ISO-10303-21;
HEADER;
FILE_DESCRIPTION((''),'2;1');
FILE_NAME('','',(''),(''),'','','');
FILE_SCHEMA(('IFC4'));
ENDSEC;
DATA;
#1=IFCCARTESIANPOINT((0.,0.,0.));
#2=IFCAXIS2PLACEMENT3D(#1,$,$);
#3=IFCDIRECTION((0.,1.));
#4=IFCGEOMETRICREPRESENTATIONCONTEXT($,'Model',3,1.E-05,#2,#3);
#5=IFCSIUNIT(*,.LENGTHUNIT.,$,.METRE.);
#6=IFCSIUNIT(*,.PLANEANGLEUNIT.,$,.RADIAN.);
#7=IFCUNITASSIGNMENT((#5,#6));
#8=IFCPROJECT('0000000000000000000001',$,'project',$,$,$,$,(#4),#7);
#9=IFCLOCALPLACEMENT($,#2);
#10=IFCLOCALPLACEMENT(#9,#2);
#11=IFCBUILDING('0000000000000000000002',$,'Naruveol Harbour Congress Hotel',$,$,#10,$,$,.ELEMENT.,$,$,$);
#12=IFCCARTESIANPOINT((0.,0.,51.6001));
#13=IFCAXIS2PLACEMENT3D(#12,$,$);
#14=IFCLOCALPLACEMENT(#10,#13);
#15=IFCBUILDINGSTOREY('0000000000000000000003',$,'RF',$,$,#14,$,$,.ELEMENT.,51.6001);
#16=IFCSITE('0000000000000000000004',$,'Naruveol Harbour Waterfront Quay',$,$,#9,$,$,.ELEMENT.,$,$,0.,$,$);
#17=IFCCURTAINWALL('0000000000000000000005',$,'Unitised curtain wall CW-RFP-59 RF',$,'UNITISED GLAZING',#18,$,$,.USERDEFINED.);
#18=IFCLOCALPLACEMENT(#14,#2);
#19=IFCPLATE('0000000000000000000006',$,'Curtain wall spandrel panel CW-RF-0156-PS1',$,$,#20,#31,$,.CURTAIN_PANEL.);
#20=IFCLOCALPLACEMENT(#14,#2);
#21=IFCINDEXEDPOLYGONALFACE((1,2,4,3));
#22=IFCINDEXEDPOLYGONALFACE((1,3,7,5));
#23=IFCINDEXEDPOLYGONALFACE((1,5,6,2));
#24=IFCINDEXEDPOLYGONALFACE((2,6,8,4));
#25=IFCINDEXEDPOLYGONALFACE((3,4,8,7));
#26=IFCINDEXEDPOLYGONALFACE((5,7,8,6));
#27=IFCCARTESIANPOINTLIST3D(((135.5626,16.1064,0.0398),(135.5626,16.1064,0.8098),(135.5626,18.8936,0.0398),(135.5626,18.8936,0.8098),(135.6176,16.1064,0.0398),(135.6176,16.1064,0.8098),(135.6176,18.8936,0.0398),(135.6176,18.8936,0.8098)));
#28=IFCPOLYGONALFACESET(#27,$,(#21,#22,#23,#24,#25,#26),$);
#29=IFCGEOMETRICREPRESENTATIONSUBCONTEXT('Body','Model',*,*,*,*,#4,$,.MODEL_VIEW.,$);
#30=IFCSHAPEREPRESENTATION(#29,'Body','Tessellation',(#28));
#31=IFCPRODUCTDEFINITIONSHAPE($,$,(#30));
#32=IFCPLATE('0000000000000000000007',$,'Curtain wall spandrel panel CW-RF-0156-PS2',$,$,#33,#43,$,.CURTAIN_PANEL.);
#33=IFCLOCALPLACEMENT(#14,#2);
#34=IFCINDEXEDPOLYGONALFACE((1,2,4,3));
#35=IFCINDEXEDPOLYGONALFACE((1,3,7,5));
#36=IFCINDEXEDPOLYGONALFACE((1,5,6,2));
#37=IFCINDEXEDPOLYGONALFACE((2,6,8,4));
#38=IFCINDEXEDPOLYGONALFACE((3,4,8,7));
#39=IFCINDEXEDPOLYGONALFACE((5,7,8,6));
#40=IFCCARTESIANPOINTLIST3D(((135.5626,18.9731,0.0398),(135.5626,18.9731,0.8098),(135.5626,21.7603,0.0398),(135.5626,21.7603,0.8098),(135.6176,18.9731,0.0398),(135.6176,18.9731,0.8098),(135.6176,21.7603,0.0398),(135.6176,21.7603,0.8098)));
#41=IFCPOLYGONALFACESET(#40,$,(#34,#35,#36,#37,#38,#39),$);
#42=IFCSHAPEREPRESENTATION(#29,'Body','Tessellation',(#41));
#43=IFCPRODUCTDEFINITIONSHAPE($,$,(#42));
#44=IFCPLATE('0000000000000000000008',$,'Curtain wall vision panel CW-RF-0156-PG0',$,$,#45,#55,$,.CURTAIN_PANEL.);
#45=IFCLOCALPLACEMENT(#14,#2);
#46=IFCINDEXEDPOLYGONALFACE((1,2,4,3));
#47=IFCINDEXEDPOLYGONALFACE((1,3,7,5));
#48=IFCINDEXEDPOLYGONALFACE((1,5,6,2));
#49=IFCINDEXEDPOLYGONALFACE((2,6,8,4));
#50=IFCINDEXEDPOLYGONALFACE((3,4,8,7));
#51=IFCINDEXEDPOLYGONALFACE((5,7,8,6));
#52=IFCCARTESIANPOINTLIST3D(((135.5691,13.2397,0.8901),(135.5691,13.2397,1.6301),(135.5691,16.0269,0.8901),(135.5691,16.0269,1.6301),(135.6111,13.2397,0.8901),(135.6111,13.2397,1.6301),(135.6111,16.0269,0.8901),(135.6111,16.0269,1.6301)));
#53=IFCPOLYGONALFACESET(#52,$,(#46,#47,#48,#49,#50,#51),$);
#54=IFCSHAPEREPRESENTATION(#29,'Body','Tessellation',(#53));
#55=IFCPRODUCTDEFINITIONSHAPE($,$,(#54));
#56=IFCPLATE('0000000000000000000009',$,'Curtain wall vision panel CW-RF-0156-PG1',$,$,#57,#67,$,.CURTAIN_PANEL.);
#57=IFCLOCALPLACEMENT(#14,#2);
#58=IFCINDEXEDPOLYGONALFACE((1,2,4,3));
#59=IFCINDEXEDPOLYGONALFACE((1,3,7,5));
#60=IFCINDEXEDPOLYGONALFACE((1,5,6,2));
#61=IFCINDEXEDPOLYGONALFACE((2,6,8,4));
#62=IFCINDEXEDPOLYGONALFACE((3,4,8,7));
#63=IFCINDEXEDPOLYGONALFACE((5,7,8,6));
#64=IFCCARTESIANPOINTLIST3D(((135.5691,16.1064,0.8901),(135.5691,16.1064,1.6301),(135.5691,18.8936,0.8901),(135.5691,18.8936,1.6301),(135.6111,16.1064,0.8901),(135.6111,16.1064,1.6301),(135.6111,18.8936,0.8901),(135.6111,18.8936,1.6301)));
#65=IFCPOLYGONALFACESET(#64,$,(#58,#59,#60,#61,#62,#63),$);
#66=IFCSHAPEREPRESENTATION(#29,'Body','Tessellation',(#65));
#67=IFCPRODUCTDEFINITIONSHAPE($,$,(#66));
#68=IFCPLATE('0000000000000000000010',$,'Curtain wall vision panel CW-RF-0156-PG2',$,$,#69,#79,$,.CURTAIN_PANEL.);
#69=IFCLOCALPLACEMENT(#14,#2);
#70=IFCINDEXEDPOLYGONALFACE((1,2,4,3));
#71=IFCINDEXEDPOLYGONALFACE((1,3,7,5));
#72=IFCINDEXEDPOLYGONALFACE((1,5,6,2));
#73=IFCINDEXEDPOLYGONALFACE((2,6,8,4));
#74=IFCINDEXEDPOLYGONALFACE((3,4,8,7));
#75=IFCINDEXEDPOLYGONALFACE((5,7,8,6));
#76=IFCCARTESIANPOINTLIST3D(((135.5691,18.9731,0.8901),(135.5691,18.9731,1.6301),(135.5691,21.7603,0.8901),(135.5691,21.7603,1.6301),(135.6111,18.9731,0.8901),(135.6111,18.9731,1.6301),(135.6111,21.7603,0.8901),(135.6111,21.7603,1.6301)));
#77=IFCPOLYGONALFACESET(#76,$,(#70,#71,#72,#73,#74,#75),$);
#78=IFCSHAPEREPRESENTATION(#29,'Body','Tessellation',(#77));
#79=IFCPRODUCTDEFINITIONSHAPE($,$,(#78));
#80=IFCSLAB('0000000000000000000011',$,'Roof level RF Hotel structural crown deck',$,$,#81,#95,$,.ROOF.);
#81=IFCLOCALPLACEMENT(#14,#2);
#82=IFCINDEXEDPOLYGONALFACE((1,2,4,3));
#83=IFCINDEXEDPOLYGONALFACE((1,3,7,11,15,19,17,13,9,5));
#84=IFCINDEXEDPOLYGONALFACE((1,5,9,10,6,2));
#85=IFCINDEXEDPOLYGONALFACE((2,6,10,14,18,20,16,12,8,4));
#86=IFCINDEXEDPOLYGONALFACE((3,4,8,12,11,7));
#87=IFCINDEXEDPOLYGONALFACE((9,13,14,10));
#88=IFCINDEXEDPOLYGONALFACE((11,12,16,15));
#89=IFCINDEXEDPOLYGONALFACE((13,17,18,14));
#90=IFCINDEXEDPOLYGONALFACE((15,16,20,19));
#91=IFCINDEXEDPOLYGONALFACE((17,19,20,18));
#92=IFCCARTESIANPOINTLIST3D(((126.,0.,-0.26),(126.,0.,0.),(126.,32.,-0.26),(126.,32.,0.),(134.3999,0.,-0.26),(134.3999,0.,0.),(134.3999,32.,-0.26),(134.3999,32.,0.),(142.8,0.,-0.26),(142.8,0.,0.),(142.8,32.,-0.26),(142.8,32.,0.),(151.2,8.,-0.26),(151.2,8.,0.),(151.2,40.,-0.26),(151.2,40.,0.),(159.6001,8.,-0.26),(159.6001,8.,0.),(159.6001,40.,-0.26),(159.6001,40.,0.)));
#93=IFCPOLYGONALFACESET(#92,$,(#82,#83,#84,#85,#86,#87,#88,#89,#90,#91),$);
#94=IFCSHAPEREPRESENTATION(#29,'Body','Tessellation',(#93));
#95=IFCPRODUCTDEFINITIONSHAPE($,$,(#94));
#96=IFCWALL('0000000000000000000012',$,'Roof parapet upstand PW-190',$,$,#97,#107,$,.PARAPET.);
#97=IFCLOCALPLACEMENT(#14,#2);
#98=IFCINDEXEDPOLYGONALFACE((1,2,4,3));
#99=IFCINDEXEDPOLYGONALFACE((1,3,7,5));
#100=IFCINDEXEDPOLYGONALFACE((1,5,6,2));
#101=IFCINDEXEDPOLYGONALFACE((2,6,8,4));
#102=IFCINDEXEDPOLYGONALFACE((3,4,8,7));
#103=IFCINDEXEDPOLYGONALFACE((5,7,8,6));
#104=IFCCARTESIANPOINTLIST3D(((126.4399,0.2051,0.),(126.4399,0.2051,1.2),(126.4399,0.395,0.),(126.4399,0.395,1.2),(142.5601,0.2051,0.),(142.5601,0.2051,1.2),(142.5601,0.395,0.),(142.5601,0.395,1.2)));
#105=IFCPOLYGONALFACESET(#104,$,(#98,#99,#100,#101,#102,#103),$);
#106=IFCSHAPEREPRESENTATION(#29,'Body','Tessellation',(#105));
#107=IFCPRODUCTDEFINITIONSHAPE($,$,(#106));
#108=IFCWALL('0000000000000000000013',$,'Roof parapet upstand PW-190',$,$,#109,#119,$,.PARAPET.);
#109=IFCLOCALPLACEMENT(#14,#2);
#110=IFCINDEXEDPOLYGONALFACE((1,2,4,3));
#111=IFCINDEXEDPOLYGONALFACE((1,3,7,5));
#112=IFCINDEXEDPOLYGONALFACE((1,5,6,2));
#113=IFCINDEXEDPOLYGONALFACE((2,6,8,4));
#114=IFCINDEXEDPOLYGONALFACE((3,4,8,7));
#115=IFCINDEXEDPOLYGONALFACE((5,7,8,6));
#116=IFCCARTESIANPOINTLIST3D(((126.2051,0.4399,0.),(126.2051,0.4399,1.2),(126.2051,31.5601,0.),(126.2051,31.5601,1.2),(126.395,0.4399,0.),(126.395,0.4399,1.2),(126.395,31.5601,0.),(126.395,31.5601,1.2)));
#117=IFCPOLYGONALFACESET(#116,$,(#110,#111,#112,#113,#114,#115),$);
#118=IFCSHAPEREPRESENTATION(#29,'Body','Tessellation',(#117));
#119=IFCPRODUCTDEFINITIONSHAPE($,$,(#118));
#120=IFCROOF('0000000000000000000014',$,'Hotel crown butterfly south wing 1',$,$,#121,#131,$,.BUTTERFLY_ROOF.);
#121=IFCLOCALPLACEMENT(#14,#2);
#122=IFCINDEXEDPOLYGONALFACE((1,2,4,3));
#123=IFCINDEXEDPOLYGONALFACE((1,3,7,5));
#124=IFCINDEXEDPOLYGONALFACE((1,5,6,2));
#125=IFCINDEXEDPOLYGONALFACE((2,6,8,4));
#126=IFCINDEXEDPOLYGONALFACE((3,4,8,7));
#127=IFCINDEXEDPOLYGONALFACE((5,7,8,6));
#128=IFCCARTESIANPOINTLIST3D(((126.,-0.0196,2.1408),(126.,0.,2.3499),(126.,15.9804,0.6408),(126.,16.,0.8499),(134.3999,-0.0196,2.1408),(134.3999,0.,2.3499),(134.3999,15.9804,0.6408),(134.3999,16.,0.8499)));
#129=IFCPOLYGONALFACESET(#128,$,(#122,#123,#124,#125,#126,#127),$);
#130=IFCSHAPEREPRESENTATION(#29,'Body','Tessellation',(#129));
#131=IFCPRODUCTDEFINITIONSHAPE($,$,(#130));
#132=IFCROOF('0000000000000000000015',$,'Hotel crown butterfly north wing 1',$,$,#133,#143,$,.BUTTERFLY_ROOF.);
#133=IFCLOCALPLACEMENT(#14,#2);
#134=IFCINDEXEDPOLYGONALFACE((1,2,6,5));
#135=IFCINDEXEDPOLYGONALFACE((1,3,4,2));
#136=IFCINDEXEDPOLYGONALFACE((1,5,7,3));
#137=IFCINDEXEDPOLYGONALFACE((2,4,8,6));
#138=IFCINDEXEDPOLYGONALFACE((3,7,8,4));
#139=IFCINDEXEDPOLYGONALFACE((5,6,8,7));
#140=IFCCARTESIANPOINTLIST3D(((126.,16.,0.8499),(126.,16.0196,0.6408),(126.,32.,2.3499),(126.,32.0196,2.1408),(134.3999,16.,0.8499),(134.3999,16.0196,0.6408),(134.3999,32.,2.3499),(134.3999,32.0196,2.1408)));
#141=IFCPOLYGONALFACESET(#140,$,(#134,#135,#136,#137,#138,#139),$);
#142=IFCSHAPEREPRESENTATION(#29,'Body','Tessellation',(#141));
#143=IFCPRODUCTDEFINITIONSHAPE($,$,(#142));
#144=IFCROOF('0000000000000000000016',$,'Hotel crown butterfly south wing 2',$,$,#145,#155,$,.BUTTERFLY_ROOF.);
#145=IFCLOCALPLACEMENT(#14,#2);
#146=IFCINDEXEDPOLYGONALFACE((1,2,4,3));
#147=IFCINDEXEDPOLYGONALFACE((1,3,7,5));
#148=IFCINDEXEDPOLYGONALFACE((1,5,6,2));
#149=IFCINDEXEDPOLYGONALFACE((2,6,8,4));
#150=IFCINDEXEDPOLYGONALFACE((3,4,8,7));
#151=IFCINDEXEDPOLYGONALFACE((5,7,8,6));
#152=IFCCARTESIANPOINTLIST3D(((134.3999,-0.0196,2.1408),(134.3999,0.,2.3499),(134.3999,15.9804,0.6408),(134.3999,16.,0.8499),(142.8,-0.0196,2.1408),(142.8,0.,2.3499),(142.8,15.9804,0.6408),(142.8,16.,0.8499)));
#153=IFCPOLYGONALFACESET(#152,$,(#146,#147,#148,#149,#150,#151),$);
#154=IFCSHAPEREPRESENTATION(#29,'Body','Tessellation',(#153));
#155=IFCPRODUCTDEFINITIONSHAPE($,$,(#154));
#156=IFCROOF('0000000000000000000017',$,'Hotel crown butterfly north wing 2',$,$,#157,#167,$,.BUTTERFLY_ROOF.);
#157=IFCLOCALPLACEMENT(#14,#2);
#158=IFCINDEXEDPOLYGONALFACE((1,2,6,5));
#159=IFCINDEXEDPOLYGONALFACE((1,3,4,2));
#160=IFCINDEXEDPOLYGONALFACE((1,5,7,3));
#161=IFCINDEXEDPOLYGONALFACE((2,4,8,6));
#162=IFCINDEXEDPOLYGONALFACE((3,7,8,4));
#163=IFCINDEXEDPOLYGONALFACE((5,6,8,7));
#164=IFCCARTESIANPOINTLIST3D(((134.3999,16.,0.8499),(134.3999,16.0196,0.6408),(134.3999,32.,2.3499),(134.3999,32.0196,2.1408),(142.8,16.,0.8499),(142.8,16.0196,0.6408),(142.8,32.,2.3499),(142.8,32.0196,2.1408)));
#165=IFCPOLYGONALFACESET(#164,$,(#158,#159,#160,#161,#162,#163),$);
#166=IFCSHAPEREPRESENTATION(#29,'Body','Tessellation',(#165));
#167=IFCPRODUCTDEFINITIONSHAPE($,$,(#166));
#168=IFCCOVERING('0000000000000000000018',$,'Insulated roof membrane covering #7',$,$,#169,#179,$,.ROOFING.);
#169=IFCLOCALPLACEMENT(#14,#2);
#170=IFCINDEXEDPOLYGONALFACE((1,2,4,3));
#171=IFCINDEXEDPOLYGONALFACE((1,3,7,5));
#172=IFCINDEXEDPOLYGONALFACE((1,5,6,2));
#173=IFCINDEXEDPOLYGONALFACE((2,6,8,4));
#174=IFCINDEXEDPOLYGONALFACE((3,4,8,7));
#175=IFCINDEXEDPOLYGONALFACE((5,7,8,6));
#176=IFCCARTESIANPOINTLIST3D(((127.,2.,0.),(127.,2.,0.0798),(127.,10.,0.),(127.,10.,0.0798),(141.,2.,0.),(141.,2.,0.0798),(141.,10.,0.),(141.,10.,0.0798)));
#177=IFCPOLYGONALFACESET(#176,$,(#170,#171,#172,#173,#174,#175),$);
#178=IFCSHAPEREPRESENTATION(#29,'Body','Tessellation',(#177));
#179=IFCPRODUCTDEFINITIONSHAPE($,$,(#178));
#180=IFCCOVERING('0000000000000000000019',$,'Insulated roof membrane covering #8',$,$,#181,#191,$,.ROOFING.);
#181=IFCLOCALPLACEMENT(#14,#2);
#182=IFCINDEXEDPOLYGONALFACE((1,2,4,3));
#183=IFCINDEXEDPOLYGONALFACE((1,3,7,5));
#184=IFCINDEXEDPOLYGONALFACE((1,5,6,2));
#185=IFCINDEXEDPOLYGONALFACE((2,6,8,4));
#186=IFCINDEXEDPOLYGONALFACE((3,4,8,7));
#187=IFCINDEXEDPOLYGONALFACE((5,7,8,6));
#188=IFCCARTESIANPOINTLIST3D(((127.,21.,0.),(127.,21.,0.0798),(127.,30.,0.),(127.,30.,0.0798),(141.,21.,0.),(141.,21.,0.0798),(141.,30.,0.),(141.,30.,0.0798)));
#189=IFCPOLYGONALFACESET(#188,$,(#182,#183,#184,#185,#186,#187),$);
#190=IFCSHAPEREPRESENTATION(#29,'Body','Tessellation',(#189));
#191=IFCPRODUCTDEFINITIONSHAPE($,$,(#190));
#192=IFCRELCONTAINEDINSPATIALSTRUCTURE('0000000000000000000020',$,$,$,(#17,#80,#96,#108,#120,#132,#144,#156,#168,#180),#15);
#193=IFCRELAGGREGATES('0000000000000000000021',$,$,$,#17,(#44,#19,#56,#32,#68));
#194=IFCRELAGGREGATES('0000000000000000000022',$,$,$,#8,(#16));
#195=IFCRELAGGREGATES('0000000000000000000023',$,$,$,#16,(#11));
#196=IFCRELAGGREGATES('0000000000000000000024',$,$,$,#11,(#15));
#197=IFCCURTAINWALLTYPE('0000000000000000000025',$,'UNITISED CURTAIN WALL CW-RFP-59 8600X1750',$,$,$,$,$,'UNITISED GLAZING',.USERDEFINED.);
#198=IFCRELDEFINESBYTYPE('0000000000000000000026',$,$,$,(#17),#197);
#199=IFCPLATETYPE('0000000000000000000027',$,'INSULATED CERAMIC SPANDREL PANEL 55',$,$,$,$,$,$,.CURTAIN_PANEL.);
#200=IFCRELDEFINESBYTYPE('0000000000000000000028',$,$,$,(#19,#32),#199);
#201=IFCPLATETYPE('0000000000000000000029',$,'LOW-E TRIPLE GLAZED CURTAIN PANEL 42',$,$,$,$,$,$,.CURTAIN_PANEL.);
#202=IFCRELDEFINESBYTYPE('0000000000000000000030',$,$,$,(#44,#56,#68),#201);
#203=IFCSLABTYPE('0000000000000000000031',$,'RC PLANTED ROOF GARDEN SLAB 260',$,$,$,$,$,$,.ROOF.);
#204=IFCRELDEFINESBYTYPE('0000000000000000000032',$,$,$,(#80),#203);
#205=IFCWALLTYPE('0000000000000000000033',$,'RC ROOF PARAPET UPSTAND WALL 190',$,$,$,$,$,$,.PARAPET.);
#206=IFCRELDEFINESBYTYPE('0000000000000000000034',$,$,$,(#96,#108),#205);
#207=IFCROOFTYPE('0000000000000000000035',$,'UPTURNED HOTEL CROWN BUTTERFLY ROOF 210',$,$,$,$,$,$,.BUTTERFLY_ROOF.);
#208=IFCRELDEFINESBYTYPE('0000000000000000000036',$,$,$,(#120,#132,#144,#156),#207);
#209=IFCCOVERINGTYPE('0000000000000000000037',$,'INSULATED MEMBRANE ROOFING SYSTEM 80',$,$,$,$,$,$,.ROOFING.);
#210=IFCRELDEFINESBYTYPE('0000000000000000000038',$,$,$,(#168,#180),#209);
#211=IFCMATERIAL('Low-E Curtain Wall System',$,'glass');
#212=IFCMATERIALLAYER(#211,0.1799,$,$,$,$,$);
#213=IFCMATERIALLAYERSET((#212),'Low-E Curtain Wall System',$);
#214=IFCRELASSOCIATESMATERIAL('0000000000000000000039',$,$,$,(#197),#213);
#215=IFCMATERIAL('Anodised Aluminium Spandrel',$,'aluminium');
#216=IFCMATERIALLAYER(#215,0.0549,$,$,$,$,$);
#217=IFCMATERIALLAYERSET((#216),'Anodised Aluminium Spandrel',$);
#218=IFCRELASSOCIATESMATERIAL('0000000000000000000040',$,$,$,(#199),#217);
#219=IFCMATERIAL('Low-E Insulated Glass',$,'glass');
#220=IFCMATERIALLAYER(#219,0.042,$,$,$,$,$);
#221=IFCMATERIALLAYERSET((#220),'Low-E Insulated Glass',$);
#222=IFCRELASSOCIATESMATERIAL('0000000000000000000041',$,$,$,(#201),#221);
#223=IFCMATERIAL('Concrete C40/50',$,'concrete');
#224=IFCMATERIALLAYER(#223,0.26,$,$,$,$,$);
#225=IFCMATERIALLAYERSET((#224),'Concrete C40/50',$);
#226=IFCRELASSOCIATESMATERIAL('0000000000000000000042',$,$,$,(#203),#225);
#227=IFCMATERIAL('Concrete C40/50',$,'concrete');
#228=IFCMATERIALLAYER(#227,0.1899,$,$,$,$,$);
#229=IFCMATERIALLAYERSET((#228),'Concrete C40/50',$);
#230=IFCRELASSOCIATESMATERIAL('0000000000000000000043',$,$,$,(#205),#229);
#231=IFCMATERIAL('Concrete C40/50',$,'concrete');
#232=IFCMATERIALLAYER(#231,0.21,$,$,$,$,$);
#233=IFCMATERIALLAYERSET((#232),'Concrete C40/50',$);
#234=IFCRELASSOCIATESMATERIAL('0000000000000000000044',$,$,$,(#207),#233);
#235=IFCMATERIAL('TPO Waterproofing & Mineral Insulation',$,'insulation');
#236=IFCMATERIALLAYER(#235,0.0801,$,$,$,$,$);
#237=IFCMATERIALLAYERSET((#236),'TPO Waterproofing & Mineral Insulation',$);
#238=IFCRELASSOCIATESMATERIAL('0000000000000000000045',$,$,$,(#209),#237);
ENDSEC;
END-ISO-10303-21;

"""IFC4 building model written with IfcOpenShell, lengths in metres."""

from ifc_helpers import new_model, si_unit, direction, frame, frame_2d, origin, origin_2d, place, context, subcontext, project, spatial, polyline, rectangle, outline, extrude, material, layer, layer_set, type_object, element, aggregate, save


model = new_model("IFC4")

# Units and contexts
model_context = context("Model", 3, precision=1e-05, world=origin(), true_north=direction((0.0, 1.0)))
body_context = subcontext(model_context, "Body", "Model", "MODEL_VIEW")
ifc_project = project(units=[si_unit("LENGTHUNIT", "METRE"), si_unit("PLANEANGLEUNIT", "RADIAN")], contexts=[model_context])

# Site, building, storey
site_placement = place(None, origin())
site = spatial("IfcSite", under=ifc_project, at=site_placement, Name="Naruveol Harbour Waterfront Quay", CompositionType="ELEMENT", RefElevation=0.0)
building_placement = place(site_placement, origin())
building = spatial("IfcBuilding", under=site, at=building_placement, Name="Naruveol Harbour Congress Hotel", CompositionType="ELEMENT")
storey_placement = place(building_placement, frame((0.0, 0.0, 51.6001)))
storey = spatial("IfcBuildingStorey", under=building, at=storey_placement, Name="RF", CompositionType="ELEMENT", Elevation=51.6001)

# Curtain wall, plates
ifc_material_1 = material(Name="Low-E Curtain Wall System", Category="glass")
ifc_layer_1 = layer(ifc_material_1, 0.1799)
ifc_layer_set_1 = layer_set([ifc_layer_1], Name="Low-E Curtain Wall System")
curtain_wall_type = type_object("IfcCurtainWallType", Name="UNITISED CURTAIN WALL CW-RFP-59 8600X1750", ElementType="UNITISED GLAZING", PredefinedType="USERDEFINED", material=ifc_layer_set_1)
curtain_wall_placement = place(storey_placement, origin())
curtain_wall = element("IfcCurtainWall", 1, at=curtain_wall_placement, inside=storey, type_object=curtain_wall_type, Name="Unitised curtain wall CW-RFP-59 RF", ObjectType="UNITISED GLAZING", PredefinedType="USERDEFINED")
ifc_material_2 = material(Name="Anodised Aluminium Spandrel", Category="aluminium")
ifc_layer_2 = layer(ifc_material_2, 0.0549)
ifc_layer_set_2 = layer_set([ifc_layer_2], Name="Anodised Aluminium Spandrel")
plate_type_1 = type_object("IfcPlateType", Name="INSULATED CERAMIC SPANDREL PANEL 55", PredefinedType="CURTAIN_PANEL", material=ifc_layer_set_2)
plate_1_placement = place(storey_placement, frame((135.5901, 17.5, 0.0398), z_axis=(0.0, 0.0, 1.0), x_axis=(0.0, 1.0, 0.0)))
plate_1 = element("IfcPlate", 2, at=plate_1_placement, type_object=plate_type_1, Name="Curtain wall spandrel panel CW-RF-0156-PS1", PredefinedType="CURTAIN_PANEL", context=body_context, shape_type="SweptSolid", body=[
    extrude(rectangle(XDim=2.7871, YDim=0.0549, at=origin_2d()), origin(), (0.0, 0.0, 1.0), 0.77),
])
plate_2_placement = place(storey_placement, frame((135.5901, 20.3667, 0.0398), z_axis=(0.0, 0.0, 1.0), x_axis=(0.0, 1.0, 0.0)))
plate_2 = element("IfcPlate", 3, at=plate_2_placement, type_object=plate_type_1, Name="Curtain wall spandrel panel CW-RF-0156-PS2", PredefinedType="CURTAIN_PANEL", context=body_context, shape_type="SweptSolid", body=[
    extrude(rectangle(XDim=2.7871, YDim=0.0549, at=origin_2d()), origin(), (0.0, 0.0, 1.0), 0.77),
])
ifc_material_3 = material(Name="Low-E Insulated Glass", Category="glass")
ifc_layer_3 = layer(ifc_material_3, 0.042)
ifc_layer_set_3 = layer_set([ifc_layer_3], Name="Low-E Insulated Glass")
plate_type_2 = type_object("IfcPlateType", Name="LOW-E TRIPLE GLAZED CURTAIN PANEL 42", PredefinedType="CURTAIN_PANEL", material=ifc_layer_set_3)
plate_3_placement = place(storey_placement, frame((135.5901, 14.6333, 0.8901), z_axis=(0.0, 0.0, 1.0), x_axis=(0.0, 1.0, 0.0)))
plate_3 = element("IfcPlate", 4, at=plate_3_placement, type_object=plate_type_2, Name="Curtain wall vision panel CW-RF-0156-PG0", PredefinedType="CURTAIN_PANEL", context=body_context, shape_type="SweptSolid", body=[
    extrude(rectangle(XDim=2.7871, YDim=0.042, at=origin_2d()), origin(), (0.0, 0.0, 1.0), 0.74),
])
plate_4_placement = place(storey_placement, frame((135.5901, 17.5, 0.8901), z_axis=(0.0, 0.0, 1.0), x_axis=(0.0, 1.0, 0.0)))
plate_4 = element("IfcPlate", 5, at=plate_4_placement, type_object=plate_type_2, Name="Curtain wall vision panel CW-RF-0156-PG1", PredefinedType="CURTAIN_PANEL", context=body_context, shape_type="SweptSolid", body=[
    extrude(rectangle(XDim=2.7871, YDim=0.042, at=origin_2d()), origin(), (0.0, 0.0, 1.0), 0.74),
])
plate_5_placement = place(storey_placement, frame((135.5901, 20.3667, 0.8901), z_axis=(0.0, 0.0, 1.0), x_axis=(0.0, 1.0, 0.0)))
plate_5 = element("IfcPlate", 6, at=plate_5_placement, type_object=plate_type_2, Name="Curtain wall vision panel CW-RF-0156-PG2", PredefinedType="CURTAIN_PANEL", context=body_context, shape_type="SweptSolid", body=[
    extrude(rectangle(XDim=2.7871, YDim=0.042, at=origin_2d()), origin(), (0.0, 0.0, 1.0), 0.74),
])
aggregate(curtain_wall, [plate_3, plate_1, plate_4, plate_2, plate_5])

# Slab
ifc_material_4 = material(Name="Concrete C40/50", Category="concrete")
ifc_layer_4 = layer(ifc_material_4, 0.26)
ifc_layer_set_4 = layer_set([ifc_layer_4], Name="Concrete C40/50")
slab_type = type_object("IfcSlabType", Name="RC PLANTED ROOF GARDEN SLAB 260", PredefinedType="ROOF", material=ifc_layer_set_4)
slab_placement = place(storey_placement, frame((0.0, 0.0, -0.26)))
element("IfcSlab", 7, at=slab_placement, inside=storey, type_object=slab_type, Name="Roof level RF Hotel structural crown deck", PredefinedType="ROOF", context=body_context, shape_type="SweptSolid", body=[
    extrude(outline(polyline([(126.0, 0.0), (134.3999, 0.0), (142.8, 0.0), (151.2, 8.0), (159.6001, 8.0), (159.6001, 40.0), (151.2, 40.0), (142.8, 32.0), (134.3999, 32.0), (126.0, 32.0), (126.0, 0.0)])), origin(), (0.0, 0.0, 1.0), 0.26),
])

# Walls
ifc_material_5 = material(Name="Concrete C40/50", Category="concrete")
ifc_layer_5 = layer(ifc_material_5, 0.1899)
ifc_layer_set_5 = layer_set([ifc_layer_5], Name="Concrete C40/50")
wall_type = type_object("IfcWallType", Name="RC ROOF PARAPET UPSTAND WALL 190", PredefinedType="PARAPET", material=ifc_layer_set_5)
wall_1_placement = place(storey_placement, frame((126.4399, 0.3, 0.0), z_axis=(0.0, 0.0, 1.0), x_axis=(1.0, 0.0, 0.0)))
element("IfcWall", 8, at=wall_1_placement, inside=storey, type_object=wall_type, Name="Roof parapet upstand PW-190", PredefinedType="PARAPET", context=body_context, shape_type="SweptSolid", body=[
    extrude(rectangle(XDim=16.1201, YDim=0.1899, at=frame_2d((8.0601, 0.0))), origin(), (0.0, 0.0, 1.0), 1.2),
])
wall_2_placement = place(storey_placement, frame((126.3, 31.5601, 0.0), z_axis=(0.0, 0.0, 1.0), x_axis=(0.0, -1.0, 0.0)))
element("IfcWall", 9, at=wall_2_placement, inside=storey, type_object=wall_type, Name="Roof parapet upstand PW-190", PredefinedType="PARAPET", context=body_context, shape_type="SweptSolid", body=[
    extrude(rectangle(XDim=31.1201, YDim=0.1899, at=frame_2d((15.5601, 0.0))), origin(), (0.0, 0.0, 1.0), 1.2),
])

# Roofs
ifc_material_6 = material(Name="Concrete C40/50", Category="concrete")
ifc_layer_6 = layer(ifc_material_6, 0.21)
ifc_layer_set_6 = layer_set([ifc_layer_6], Name="Concrete C40/50")
roof_type = type_object("IfcRoofType", Name="UPTURNED HOTEL CROWN BUTTERFLY ROOF 210", PredefinedType="BUTTERFLY_ROOF", material=ifc_layer_set_6)
for number, where, z_axis, x_axis, name in (
    (10, (126.0, 0.0, 2.3499), (0.0, 0.093341, 0.995634), (1.0, 0.0, 0.0), "Hotel crown butterfly south wing 1"),
    (11, (126.0, 16.0, 0.8499), (0.0, -0.093341, 0.995634), (1.0, 0.0, 0.0), "Hotel crown butterfly north wing 1"),
):
    element("IfcRoof", number, at=place(storey_placement, frame(where, z_axis=z_axis, x_axis=x_axis)), inside=storey, type_object=roof_type, Name=name, PredefinedType="BUTTERFLY_ROOF", context=body_context, shape_type="SweptSolid", body=[
        extrude(outline(polyline([(0.0, 0.0), (8.3999, 0.0), (8.3999, 16.0702), (0.0, 16.0702), (0.0, 0.0)])), origin(), (0.0, 0.0, -1.0), 0.21),
    ])
for number, where, z_axis, x_axis, name in (
    (12, (134.3999, 0.0, 2.3499), (0.0, 0.093341, 0.995634), (1.0, 0.0, 0.0), "Hotel crown butterfly south wing 2"),
    (13, (134.3999, 16.0, 0.8499), (0.0, -0.093341, 0.995634), (1.0, 0.0, 0.0), "Hotel crown butterfly north wing 2"),
):
    element("IfcRoof", number, at=place(storey_placement, frame(where, z_axis=z_axis, x_axis=x_axis)), inside=storey, type_object=roof_type, Name=name, PredefinedType="BUTTERFLY_ROOF", context=body_context, shape_type="SweptSolid", body=[
        extrude(outline(polyline([(0.0, 0.0), (8.4001, 0.0), (8.4001, 16.0702), (0.0, 16.0702), (0.0, 0.0)])), origin(), (0.0, 0.0, -1.0), 0.21),
    ])

# Coverings
ifc_material_7 = material(Name="TPO Waterproofing & Mineral Insulation", Category="insulation")
ifc_layer_7 = layer(ifc_material_7, 0.0801)
ifc_layer_set_7 = layer_set([ifc_layer_7], Name="TPO Waterproofing & Mineral Insulation")
covering_type = type_object("IfcCoveringType", Name="INSULATED MEMBRANE ROOFING SYSTEM 80", PredefinedType="ROOFING", material=ifc_layer_set_7)
covering_1_placement = place(storey_placement, origin())
element("IfcCovering", 14, at=covering_1_placement, inside=storey, type_object=covering_type, Name="Insulated roof membrane covering #7", PredefinedType="ROOFING", context=body_context, shape_type="SweptSolid", body=[
    extrude(outline(polyline([(127.0, 2.0), (141.0, 2.0), (141.0, 10.0), (127.0, 10.0), (127.0, 2.0)])), origin(), (0.0, 0.0, 1.0), 0.0798),
])
covering_2_placement = place(storey_placement, origin())
element("IfcCovering", 15, at=covering_2_placement, inside=storey, type_object=covering_type, Name="Insulated roof membrane covering #8", PredefinedType="ROOFING", context=body_context, shape_type="SweptSolid", body=[
    extrude(outline(polyline([(127.0, 21.0), (141.0, 21.0), (141.0, 30.0), (127.0, 30.0), (127.0, 21.0)])), origin(), (0.0, 0.0, 1.0), 0.0798),
])

save(model, "model.ifc")
